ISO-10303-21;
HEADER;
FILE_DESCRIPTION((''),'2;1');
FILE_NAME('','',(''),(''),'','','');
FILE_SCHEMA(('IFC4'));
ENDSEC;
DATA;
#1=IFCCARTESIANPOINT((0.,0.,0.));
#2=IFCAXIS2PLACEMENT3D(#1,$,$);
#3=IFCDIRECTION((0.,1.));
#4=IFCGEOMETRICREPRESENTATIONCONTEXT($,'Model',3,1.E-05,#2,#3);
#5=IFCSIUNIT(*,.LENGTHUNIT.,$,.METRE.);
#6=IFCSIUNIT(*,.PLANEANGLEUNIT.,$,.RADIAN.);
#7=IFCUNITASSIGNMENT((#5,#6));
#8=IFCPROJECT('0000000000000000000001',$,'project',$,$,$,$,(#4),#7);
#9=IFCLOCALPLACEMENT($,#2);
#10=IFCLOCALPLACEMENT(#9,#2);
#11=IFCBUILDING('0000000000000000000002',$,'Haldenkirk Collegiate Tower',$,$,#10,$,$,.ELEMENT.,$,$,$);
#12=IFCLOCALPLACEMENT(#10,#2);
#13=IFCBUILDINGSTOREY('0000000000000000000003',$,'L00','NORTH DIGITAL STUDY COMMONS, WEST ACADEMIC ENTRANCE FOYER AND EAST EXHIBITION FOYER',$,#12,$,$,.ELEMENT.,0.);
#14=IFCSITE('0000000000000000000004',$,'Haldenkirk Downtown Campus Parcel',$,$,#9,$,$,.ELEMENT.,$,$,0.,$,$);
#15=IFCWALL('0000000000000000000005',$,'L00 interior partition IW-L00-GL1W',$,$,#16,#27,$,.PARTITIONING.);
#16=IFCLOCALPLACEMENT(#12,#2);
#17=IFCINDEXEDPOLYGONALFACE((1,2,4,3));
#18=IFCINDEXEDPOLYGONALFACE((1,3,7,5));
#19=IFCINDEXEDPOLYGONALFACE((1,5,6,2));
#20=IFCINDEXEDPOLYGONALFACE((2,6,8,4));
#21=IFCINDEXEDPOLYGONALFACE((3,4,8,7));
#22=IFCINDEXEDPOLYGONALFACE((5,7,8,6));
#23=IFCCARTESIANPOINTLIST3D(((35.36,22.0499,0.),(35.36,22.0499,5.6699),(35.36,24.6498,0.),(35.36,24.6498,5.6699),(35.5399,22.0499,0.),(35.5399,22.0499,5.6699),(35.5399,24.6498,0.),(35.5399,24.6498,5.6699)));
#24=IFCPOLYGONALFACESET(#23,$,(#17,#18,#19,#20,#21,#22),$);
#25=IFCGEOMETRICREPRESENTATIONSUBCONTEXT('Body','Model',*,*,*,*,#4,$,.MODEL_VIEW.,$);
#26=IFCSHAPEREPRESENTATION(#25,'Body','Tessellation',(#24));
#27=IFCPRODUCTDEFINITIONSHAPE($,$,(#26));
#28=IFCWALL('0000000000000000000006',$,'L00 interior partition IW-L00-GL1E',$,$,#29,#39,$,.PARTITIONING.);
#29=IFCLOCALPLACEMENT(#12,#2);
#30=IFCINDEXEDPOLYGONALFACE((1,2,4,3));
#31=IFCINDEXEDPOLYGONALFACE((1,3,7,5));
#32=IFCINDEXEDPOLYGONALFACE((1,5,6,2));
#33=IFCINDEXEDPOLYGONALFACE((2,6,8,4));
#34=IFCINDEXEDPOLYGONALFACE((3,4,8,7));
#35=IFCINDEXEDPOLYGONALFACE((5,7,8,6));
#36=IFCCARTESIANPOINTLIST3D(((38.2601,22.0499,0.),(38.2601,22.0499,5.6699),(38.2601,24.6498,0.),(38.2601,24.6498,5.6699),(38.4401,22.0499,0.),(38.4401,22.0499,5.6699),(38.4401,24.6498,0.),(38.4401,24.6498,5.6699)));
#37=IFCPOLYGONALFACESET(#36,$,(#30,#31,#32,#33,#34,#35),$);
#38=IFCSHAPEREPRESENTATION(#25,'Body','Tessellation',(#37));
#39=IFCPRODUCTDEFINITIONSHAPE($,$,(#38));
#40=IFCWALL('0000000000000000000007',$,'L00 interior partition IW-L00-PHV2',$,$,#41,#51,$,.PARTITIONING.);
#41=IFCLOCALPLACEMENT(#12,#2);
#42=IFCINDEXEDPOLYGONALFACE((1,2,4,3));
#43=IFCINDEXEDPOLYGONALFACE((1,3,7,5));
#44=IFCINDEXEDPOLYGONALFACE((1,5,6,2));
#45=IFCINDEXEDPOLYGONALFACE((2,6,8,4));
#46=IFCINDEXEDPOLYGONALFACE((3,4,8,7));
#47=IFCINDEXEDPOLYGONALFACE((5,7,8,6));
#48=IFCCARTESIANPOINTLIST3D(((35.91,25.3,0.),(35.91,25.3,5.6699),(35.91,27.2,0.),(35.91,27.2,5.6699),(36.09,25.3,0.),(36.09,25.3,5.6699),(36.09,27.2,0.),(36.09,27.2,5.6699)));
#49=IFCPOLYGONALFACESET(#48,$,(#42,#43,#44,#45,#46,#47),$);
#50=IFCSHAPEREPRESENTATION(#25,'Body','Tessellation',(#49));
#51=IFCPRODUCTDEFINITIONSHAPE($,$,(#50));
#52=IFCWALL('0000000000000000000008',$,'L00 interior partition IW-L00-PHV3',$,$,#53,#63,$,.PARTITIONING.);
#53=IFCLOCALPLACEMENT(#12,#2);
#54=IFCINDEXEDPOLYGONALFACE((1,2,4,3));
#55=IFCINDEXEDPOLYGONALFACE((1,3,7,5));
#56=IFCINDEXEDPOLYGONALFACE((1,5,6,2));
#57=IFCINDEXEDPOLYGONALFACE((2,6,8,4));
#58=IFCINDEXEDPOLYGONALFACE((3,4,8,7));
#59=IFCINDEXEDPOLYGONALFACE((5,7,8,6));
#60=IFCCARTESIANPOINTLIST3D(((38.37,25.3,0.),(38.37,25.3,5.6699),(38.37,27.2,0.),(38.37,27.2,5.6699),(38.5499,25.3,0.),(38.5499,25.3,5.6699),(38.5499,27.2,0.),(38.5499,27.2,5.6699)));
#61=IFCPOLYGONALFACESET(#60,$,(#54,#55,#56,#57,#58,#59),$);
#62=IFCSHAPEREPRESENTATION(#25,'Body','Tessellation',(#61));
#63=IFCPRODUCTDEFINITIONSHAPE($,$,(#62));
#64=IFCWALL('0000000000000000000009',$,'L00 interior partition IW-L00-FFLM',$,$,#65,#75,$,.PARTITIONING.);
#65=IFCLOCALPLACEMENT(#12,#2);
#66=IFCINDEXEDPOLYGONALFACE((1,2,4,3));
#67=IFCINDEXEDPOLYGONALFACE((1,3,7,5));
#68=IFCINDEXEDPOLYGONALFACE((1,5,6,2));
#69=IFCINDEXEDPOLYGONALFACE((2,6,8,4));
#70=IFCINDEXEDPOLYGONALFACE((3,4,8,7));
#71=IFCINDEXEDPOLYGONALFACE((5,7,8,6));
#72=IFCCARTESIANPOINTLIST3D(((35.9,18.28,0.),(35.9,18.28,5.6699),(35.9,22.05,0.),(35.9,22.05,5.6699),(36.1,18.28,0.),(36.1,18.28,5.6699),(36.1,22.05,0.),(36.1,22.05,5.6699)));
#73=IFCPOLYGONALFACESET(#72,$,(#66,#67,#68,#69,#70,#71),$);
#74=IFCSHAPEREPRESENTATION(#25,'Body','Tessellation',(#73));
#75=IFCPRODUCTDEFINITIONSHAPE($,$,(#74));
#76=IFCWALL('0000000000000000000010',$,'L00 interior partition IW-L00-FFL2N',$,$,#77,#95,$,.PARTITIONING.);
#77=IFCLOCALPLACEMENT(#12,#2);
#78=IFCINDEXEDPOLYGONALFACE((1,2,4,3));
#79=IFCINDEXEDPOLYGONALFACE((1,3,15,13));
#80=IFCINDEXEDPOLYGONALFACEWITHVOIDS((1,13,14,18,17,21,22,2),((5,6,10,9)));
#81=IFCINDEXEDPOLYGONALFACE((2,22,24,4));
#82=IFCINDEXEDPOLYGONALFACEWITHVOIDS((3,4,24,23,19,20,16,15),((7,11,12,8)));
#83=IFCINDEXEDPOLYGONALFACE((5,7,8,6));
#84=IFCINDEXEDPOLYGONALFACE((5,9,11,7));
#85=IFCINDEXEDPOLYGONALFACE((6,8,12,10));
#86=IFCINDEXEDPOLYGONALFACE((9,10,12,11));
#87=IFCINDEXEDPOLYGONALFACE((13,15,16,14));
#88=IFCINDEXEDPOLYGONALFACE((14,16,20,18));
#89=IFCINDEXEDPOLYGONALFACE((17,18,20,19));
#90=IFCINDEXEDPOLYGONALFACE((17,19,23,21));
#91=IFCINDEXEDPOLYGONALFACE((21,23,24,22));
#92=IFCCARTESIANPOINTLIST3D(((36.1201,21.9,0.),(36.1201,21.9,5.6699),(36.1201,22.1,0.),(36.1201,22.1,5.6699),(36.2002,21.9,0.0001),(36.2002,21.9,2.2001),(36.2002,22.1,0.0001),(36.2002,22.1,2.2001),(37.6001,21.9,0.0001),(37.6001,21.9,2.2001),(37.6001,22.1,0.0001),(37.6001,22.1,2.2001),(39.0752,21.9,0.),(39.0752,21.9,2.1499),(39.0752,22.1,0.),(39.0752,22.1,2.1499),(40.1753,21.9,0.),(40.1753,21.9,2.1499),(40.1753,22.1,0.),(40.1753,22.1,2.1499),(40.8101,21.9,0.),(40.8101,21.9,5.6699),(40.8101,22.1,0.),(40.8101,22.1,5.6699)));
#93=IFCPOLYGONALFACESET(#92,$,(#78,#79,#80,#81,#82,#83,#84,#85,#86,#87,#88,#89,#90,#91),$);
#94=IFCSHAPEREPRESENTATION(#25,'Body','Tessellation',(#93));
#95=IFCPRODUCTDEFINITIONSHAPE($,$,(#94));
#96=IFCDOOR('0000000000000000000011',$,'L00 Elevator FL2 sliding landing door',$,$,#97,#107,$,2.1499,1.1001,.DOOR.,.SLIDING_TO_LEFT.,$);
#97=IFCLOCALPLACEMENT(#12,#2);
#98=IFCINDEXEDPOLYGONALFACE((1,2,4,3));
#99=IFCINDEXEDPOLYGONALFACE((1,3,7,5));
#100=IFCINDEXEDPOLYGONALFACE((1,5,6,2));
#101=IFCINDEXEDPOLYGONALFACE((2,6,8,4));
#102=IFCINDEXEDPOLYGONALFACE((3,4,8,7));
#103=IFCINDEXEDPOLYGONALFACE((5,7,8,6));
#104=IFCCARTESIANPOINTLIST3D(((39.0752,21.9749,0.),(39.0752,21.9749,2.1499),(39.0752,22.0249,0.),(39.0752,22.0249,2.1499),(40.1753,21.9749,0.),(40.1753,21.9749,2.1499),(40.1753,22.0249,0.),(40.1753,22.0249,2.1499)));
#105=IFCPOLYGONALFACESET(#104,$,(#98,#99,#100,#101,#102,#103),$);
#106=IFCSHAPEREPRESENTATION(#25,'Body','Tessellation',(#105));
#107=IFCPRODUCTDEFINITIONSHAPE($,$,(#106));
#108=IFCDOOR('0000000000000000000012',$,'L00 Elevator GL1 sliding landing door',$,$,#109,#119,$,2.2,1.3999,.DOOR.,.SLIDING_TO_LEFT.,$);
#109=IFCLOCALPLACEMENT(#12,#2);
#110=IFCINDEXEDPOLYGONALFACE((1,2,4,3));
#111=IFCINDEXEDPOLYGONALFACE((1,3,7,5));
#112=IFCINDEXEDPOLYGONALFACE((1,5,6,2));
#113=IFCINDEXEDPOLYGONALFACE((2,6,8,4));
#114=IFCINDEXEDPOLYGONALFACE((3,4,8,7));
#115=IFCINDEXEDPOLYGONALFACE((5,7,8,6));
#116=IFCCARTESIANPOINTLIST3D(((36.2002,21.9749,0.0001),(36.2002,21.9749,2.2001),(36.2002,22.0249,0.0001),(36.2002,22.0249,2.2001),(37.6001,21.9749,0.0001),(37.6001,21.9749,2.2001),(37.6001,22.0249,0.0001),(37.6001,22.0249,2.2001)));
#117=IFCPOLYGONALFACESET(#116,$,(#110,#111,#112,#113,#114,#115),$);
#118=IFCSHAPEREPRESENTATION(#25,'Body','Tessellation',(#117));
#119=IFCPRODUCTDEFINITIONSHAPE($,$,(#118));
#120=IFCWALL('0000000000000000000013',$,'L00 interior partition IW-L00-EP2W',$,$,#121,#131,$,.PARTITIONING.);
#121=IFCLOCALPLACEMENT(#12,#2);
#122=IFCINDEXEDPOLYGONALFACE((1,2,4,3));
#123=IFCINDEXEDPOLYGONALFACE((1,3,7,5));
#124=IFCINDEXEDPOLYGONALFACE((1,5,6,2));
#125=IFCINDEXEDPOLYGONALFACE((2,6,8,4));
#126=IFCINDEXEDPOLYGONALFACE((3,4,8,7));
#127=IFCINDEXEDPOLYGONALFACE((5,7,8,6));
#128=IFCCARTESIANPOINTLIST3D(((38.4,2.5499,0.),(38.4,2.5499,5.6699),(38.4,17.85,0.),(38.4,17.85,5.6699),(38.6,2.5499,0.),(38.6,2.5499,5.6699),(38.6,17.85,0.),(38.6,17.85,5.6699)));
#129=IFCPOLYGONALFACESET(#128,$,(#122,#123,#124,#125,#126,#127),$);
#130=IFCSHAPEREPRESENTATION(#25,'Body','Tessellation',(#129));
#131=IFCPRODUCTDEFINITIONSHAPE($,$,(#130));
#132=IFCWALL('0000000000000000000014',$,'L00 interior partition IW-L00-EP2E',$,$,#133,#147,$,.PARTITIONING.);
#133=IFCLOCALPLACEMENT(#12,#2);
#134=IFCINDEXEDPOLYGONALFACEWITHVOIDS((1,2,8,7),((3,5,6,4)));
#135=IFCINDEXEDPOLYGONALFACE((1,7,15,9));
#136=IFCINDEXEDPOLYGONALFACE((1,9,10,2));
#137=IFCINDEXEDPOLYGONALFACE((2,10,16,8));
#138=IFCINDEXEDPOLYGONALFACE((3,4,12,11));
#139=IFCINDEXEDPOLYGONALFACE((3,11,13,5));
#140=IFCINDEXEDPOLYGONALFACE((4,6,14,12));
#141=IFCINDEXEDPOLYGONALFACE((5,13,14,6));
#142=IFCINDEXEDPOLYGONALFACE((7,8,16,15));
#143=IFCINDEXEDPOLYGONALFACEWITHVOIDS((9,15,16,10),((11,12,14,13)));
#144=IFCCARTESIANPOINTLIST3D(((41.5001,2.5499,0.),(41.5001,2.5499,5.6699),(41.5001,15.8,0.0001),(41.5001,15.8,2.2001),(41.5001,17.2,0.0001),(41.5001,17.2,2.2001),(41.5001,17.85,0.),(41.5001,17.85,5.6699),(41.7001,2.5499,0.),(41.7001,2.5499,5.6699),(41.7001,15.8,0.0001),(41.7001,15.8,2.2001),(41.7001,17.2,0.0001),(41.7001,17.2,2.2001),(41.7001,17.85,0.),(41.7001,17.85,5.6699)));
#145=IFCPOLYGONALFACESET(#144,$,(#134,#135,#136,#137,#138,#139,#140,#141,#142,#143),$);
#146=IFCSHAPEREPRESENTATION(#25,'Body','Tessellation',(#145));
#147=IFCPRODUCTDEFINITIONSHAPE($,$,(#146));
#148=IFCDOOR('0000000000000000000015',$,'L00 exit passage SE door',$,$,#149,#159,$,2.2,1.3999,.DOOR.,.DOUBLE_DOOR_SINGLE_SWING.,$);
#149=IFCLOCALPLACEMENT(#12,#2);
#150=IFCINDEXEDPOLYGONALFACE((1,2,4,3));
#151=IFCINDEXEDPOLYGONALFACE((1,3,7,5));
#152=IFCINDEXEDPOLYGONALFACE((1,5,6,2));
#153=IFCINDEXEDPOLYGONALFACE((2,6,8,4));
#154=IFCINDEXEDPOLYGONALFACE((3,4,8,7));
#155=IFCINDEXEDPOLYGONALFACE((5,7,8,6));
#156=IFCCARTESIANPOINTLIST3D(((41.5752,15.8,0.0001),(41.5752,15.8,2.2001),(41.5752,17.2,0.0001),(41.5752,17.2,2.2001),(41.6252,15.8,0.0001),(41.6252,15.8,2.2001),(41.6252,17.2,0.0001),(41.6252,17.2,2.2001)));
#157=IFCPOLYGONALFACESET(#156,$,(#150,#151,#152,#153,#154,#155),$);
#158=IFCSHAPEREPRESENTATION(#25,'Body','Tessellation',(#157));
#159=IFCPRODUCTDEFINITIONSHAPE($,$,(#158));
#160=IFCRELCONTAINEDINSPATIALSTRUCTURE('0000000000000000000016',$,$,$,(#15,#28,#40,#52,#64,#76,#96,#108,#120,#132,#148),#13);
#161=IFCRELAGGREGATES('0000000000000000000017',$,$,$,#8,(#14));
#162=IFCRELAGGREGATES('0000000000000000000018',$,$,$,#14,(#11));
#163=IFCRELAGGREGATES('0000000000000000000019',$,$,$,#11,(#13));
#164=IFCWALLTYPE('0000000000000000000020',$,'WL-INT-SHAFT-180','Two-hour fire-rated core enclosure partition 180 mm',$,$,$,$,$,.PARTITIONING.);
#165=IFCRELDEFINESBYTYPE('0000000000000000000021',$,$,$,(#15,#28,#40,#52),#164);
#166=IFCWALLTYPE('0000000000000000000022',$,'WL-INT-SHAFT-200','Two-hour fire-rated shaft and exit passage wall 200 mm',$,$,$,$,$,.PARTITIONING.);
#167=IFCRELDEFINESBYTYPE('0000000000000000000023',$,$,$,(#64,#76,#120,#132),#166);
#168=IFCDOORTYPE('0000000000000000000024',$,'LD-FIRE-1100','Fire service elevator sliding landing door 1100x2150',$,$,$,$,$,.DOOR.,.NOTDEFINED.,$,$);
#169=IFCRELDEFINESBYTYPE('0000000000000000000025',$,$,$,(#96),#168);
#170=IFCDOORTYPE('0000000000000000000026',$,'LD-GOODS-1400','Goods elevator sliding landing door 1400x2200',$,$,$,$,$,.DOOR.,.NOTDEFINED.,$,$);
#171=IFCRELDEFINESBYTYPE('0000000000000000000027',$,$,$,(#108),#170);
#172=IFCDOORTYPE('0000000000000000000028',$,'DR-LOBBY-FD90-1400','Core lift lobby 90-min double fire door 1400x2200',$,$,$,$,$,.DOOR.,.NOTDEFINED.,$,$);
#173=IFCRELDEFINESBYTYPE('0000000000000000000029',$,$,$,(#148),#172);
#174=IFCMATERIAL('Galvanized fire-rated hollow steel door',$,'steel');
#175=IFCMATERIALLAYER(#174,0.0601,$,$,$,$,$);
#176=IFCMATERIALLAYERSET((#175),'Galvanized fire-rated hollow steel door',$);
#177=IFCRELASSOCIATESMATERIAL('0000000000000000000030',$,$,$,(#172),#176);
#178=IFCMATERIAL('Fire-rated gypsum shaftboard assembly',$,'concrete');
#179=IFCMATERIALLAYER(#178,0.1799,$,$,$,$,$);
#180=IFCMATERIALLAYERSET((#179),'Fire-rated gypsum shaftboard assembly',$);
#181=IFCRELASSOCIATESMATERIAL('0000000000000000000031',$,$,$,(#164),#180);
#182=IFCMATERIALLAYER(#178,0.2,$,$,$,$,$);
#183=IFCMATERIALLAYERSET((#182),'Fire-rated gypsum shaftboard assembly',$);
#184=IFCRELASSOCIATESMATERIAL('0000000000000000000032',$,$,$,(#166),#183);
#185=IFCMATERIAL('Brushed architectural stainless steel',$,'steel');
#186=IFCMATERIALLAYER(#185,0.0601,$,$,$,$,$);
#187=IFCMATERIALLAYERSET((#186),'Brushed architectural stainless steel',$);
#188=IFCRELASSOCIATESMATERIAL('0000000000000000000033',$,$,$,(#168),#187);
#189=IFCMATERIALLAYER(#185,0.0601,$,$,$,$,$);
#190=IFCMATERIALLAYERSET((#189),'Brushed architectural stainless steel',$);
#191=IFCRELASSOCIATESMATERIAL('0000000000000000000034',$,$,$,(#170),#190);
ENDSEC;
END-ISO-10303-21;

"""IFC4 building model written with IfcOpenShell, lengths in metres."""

from ifc_helpers import new_model, si_unit, direction, frame, frame_2d, origin, place, context, subcontext, project, spatial, rectangle, extrude, material, layer, layer_set, type_object, element, fill, save


model = new_model("IFC4")

# Units and contexts
model_context = context("Model", 3, precision=1e-05, world=origin(), true_north=direction((0.0, 1.0)))
body_context = subcontext(model_context, "Body", "Model", "MODEL_VIEW")
ifc_project = project(units=[si_unit("LENGTHUNIT", "METRE"), si_unit("PLANEANGLEUNIT", "RADIAN")], contexts=[model_context])

# Site, building, storey
site_placement = place(None, origin())
site = spatial("IfcSite", under=ifc_project, at=site_placement, Name="Haldenkirk Downtown Campus Parcel", CompositionType="ELEMENT", RefElevation=0.0)
building_placement = place(site_placement, origin())
building = spatial("IfcBuilding", under=site, at=building_placement, Name="Haldenkirk Collegiate Tower", CompositionType="ELEMENT")
storey_placement = place(building_placement, origin())
storey = spatial("IfcBuildingStorey", under=building, at=storey_placement, Name="L00", Description="NORTH DIGITAL STUDY COMMONS, WEST ACADEMIC ENTRANCE FOYER AND EAST EXHIBITION FOYER", CompositionType="ELEMENT", Elevation=0.0)

# Shared definitions
ifc_material_1 = material(Name="Galvanized fire-rated hollow steel door", Category="steel")
ifc_layer_1 = layer(ifc_material_1, 0.0601)
ifc_layer_set_1 = layer_set([ifc_layer_1], Name="Galvanized fire-rated hollow steel door")
door_type_1 = type_object("IfcDoorType", Name="DR-LOBBY-FD90-1400", Description="Core lift lobby 90-min double fire door 1400x2200", OperationType="NOTDEFINED", PredefinedType="DOOR", material=ifc_layer_set_1)

# Walls
ifc_material_2 = material(Name="Fire-rated gypsum shaftboard assembly", Category="concrete")
ifc_layer_2 = layer(ifc_material_2, 0.1799)
ifc_layer_set_2 = layer_set([ifc_layer_2], Name="Fire-rated gypsum shaftboard assembly")
wall_type_1 = type_object("IfcWallType", Name="WL-INT-SHAFT-180", Description="Two-hour fire-rated core enclosure partition 180 mm", PredefinedType="PARTITIONING", material=ifc_layer_set_2)
for number, where, z_axis, x_axis, name in (
    (1, (35.45, 22.05, 0.0), (0.0, 0.0, 1.0), (0.0, 1.0, 0.0), "L00 interior partition IW-L00-GL1W"),
    (2, (38.3501, 22.05, 0.0), (0.0, 0.0, 1.0), (0.0, 1.0, 0.0), "L00 interior partition IW-L00-GL1E"),
):
    element("IfcWall", number, at=place(storey_placement, frame(where, z_axis=z_axis, x_axis=x_axis)), inside=storey, type_object=wall_type_1, Name=name, PredefinedType="PARTITIONING", context=body_context, shape_type="SweptSolid", body=[
        extrude(rectangle(XDim=2.5999, YDim=0.1799, at=frame_2d((1.2998, 0.0))), origin(), (0.0, 0.0, 1.0), 5.6699),
    ])
for number, where, z_axis, x_axis, name in (
    (3, (36.0, 25.3, 0.0), (0.0, 0.0, 1.0), (0.0, 1.0, 0.0), "L00 interior partition IW-L00-PHV2"),
    (4, (38.46, 25.3, 0.0), (0.0, 0.0, 1.0), (0.0, 1.0, 0.0), "L00 interior partition IW-L00-PHV3"),
):
    element("IfcWall", number, at=place(storey_placement, frame(where, z_axis=z_axis, x_axis=x_axis)), inside=storey, type_object=wall_type_1, Name=name, PredefinedType="PARTITIONING", context=body_context, shape_type="SweptSolid", body=[
        extrude(rectangle(XDim=1.8999, YDim=0.1799, at=frame_2d((0.95, 0.0))), origin(), (0.0, 0.0, 1.0), 5.6699),
    ])
ifc_layer_3 = layer(ifc_material_2, 0.2)
ifc_layer_set_3 = layer_set([ifc_layer_3], Name="Fire-rated gypsum shaftboard assembly")
wall_type_2 = type_object("IfcWallType", Name="WL-INT-SHAFT-200", Description="Two-hour fire-rated shaft and exit passage wall 200 mm", PredefinedType="PARTITIONING", material=ifc_layer_set_3)
wall_1_placement = place(storey_placement, frame((36.0, 18.28, 0.0), z_axis=(0.0, 0.0, 1.0), x_axis=(0.0, 1.0, 0.0)))
element("IfcWall", 5, at=wall_1_placement, inside=storey, type_object=wall_type_2, Name="L00 interior partition IW-L00-FFLM", PredefinedType="PARTITIONING", context=body_context, shape_type="SweptSolid", body=[
    extrude(rectangle(XDim=3.77, YDim=0.2, at=frame_2d((1.885, 0.0))), origin(), (0.0, 0.0, 1.0), 5.6699),
])

# Wall, openings, doors
wall_2_placement = place(storey_placement, frame((36.1201, 22.0, 0.0), z_axis=(0.0, 0.0, 1.0), x_axis=(1.0, 0.0, 0.0)))
wall_2 = element("IfcWall", 6, at=wall_2_placement, inside=storey, type_object=wall_type_2, Name="L00 interior partition IW-L00-FFL2N", PredefinedType="PARTITIONING", context=body_context, shape_type="SweptSolid", body=[
    extrude(rectangle(XDim=4.6899, YDim=0.2, at=frame_2d((2.345, 0.0))), origin(), (0.0, 0.0, 1.0), 5.6699),
])
opening_1_placement = place(wall_2_placement, frame((2.9551, 0.0, 0.0)))
opening_1 = element("IfcOpeningElement", 7, at=opening_1_placement, cuts=wall_2, PredefinedType="OPENING", context=body_context, shape_type="SweptSolid", body=[
    extrude(rectangle(XDim=1.1001, YDim=2.1499, at=frame_2d((0.55, 1.075))), frame((0.0, 0.1099, 0.0), z_axis=(0.0, -1.0, 0.0), x_axis=(1.0, 0.0, 0.0)), (0.0, 0.0, 1.0), 0.22),
])
opening_2_placement = place(wall_2_placement, frame((0.0801, 0.0, 0.0)))
opening_2 = element("IfcOpeningElement", 8, at=opening_2_placement, cuts=wall_2, PredefinedType="OPENING", context=body_context, shape_type="SweptSolid", body=[
    extrude(rectangle(XDim=1.3999, YDim=2.2, at=frame_2d((0.7, 1.1001))), frame((0.0, 0.1099, 0.0), z_axis=(0.0, -1.0, 0.0), x_axis=(1.0, 0.0, 0.0)), (0.0, 0.0, 1.0), 0.22),
])
ifc_material_3 = material(Name="Brushed architectural stainless steel", Category="steel")
ifc_layer_4 = layer(ifc_material_3, 0.0601)
ifc_layer_set_4 = layer_set([ifc_layer_4], Name="Brushed architectural stainless steel")
door_type_2 = type_object("IfcDoorType", Name="LD-FIRE-1100", Description="Fire service elevator sliding landing door 1100x2150", OperationType="NOTDEFINED", PredefinedType="DOOR", material=ifc_layer_set_4)
door_1_placement = place(opening_1_placement, origin())
door_1 = element("IfcDoor", 9, at=door_1_placement, inside=storey, type_object=door_type_2, Name="L00 Elevator FL2 sliding landing door", OperationType="SLIDING_TO_LEFT", OverallHeight=2.1499, OverallWidth=1.1001, PredefinedType="DOOR", context=body_context, shape_type="SweptSolid", body=[
    extrude(rectangle(XDim=1.1001, YDim=2.1499, at=frame_2d((0.55, 1.075))), frame((0.0, 0.0249, 0.0), z_axis=(0.0, -1.0, 0.0), x_axis=(1.0, 0.0, 0.0)), (0.0, 0.0, 1.0), 0.05),
])
fill(opening_1, door_1)
ifc_layer_5 = layer(ifc_material_3, 0.0601)
ifc_layer_set_5 = layer_set([ifc_layer_5], Name="Brushed architectural stainless steel")
door_type_3 = type_object("IfcDoorType", Name="LD-GOODS-1400", Description="Goods elevator sliding landing door 1400x2200", OperationType="NOTDEFINED", PredefinedType="DOOR", material=ifc_layer_set_5)
door_2_placement = place(opening_2_placement, origin())
door_2 = element("IfcDoor", 10, at=door_2_placement, inside=storey, type_object=door_type_3, Name="L00 Elevator GL1 sliding landing door", OperationType="SLIDING_TO_LEFT", OverallHeight=2.2, OverallWidth=1.3999, PredefinedType="DOOR", context=body_context, shape_type="SweptSolid", body=[
    extrude(rectangle(XDim=1.3999, YDim=2.2, at=frame_2d((0.7, 1.1001))), frame((0.0, 0.0249, 0.0), z_axis=(0.0, -1.0, 0.0), x_axis=(1.0, 0.0, 0.0)), (0.0, 0.0, 1.0), 0.05),
])
fill(opening_2, door_2)

# Wall
wall_3_placement = place(storey_placement, frame((38.5, 2.55, 0.0), z_axis=(0.0, 0.0, 1.0), x_axis=(0.0, 1.0, 0.0)))
element("IfcWall", 11, at=wall_3_placement, inside=storey, type_object=wall_type_2, Name="L00 interior partition IW-L00-EP2W", PredefinedType="PARTITIONING", context=body_context, shape_type="SweptSolid", body=[
    extrude(rectangle(XDim=15.3, YDim=0.2, at=frame_2d((7.6499, 0.0))), origin(), (0.0, 0.0, 1.0), 5.6699),
])

# Wall, opening, door
wall_4_placement = place(storey_placement, frame((41.6001, 2.55, 0.0), z_axis=(0.0, 0.0, 1.0), x_axis=(0.0, 1.0, 0.0)))
wall_4 = element("IfcWall", 12, at=wall_4_placement, inside=storey, type_object=wall_type_2, Name="L00 interior partition IW-L00-EP2E", PredefinedType="PARTITIONING", context=body_context, shape_type="SweptSolid", body=[
    extrude(rectangle(XDim=15.3, YDim=0.2, at=frame_2d((7.6499, 0.0))), origin(), (0.0, 0.0, 1.0), 5.6699),
])
opening_3_placement = place(wall_4_placement, frame((13.25, 0.0, 0.0)))
opening_3 = element("IfcOpeningElement", 13, at=opening_3_placement, cuts=wall_4, PredefinedType="OPENING", context=body_context, shape_type="SweptSolid", body=[
    extrude(rectangle(XDim=1.3999, YDim=2.2, at=frame_2d((0.7, 1.1001))), frame((0.0, 0.1099, 0.0), z_axis=(0.0, -1.0, 0.0), x_axis=(1.0, 0.0, 0.0)), (0.0, 0.0, 1.0), 0.22),
])
door_3_placement = place(opening_3_placement, origin())
door_3 = element("IfcDoor", 14, at=door_3_placement, inside=storey, type_object=door_type_1, Name="L00 exit passage SE door", OperationType="DOUBLE_DOOR_SINGLE_SWING", OverallHeight=2.2, OverallWidth=1.3999, PredefinedType="DOOR", context=body_context, shape_type="SweptSolid", body=[
    extrude(rectangle(XDim=1.3999, YDim=2.2, at=frame_2d((0.7, 1.1001))), frame((0.0, 0.0249, 0.0), z_axis=(0.0, -1.0, 0.0), x_axis=(1.0, 0.0, 0.0)), (0.0, 0.0, 1.0), 0.05),
])
fill(opening_3, door_3)

save(model, "model.ifc")
